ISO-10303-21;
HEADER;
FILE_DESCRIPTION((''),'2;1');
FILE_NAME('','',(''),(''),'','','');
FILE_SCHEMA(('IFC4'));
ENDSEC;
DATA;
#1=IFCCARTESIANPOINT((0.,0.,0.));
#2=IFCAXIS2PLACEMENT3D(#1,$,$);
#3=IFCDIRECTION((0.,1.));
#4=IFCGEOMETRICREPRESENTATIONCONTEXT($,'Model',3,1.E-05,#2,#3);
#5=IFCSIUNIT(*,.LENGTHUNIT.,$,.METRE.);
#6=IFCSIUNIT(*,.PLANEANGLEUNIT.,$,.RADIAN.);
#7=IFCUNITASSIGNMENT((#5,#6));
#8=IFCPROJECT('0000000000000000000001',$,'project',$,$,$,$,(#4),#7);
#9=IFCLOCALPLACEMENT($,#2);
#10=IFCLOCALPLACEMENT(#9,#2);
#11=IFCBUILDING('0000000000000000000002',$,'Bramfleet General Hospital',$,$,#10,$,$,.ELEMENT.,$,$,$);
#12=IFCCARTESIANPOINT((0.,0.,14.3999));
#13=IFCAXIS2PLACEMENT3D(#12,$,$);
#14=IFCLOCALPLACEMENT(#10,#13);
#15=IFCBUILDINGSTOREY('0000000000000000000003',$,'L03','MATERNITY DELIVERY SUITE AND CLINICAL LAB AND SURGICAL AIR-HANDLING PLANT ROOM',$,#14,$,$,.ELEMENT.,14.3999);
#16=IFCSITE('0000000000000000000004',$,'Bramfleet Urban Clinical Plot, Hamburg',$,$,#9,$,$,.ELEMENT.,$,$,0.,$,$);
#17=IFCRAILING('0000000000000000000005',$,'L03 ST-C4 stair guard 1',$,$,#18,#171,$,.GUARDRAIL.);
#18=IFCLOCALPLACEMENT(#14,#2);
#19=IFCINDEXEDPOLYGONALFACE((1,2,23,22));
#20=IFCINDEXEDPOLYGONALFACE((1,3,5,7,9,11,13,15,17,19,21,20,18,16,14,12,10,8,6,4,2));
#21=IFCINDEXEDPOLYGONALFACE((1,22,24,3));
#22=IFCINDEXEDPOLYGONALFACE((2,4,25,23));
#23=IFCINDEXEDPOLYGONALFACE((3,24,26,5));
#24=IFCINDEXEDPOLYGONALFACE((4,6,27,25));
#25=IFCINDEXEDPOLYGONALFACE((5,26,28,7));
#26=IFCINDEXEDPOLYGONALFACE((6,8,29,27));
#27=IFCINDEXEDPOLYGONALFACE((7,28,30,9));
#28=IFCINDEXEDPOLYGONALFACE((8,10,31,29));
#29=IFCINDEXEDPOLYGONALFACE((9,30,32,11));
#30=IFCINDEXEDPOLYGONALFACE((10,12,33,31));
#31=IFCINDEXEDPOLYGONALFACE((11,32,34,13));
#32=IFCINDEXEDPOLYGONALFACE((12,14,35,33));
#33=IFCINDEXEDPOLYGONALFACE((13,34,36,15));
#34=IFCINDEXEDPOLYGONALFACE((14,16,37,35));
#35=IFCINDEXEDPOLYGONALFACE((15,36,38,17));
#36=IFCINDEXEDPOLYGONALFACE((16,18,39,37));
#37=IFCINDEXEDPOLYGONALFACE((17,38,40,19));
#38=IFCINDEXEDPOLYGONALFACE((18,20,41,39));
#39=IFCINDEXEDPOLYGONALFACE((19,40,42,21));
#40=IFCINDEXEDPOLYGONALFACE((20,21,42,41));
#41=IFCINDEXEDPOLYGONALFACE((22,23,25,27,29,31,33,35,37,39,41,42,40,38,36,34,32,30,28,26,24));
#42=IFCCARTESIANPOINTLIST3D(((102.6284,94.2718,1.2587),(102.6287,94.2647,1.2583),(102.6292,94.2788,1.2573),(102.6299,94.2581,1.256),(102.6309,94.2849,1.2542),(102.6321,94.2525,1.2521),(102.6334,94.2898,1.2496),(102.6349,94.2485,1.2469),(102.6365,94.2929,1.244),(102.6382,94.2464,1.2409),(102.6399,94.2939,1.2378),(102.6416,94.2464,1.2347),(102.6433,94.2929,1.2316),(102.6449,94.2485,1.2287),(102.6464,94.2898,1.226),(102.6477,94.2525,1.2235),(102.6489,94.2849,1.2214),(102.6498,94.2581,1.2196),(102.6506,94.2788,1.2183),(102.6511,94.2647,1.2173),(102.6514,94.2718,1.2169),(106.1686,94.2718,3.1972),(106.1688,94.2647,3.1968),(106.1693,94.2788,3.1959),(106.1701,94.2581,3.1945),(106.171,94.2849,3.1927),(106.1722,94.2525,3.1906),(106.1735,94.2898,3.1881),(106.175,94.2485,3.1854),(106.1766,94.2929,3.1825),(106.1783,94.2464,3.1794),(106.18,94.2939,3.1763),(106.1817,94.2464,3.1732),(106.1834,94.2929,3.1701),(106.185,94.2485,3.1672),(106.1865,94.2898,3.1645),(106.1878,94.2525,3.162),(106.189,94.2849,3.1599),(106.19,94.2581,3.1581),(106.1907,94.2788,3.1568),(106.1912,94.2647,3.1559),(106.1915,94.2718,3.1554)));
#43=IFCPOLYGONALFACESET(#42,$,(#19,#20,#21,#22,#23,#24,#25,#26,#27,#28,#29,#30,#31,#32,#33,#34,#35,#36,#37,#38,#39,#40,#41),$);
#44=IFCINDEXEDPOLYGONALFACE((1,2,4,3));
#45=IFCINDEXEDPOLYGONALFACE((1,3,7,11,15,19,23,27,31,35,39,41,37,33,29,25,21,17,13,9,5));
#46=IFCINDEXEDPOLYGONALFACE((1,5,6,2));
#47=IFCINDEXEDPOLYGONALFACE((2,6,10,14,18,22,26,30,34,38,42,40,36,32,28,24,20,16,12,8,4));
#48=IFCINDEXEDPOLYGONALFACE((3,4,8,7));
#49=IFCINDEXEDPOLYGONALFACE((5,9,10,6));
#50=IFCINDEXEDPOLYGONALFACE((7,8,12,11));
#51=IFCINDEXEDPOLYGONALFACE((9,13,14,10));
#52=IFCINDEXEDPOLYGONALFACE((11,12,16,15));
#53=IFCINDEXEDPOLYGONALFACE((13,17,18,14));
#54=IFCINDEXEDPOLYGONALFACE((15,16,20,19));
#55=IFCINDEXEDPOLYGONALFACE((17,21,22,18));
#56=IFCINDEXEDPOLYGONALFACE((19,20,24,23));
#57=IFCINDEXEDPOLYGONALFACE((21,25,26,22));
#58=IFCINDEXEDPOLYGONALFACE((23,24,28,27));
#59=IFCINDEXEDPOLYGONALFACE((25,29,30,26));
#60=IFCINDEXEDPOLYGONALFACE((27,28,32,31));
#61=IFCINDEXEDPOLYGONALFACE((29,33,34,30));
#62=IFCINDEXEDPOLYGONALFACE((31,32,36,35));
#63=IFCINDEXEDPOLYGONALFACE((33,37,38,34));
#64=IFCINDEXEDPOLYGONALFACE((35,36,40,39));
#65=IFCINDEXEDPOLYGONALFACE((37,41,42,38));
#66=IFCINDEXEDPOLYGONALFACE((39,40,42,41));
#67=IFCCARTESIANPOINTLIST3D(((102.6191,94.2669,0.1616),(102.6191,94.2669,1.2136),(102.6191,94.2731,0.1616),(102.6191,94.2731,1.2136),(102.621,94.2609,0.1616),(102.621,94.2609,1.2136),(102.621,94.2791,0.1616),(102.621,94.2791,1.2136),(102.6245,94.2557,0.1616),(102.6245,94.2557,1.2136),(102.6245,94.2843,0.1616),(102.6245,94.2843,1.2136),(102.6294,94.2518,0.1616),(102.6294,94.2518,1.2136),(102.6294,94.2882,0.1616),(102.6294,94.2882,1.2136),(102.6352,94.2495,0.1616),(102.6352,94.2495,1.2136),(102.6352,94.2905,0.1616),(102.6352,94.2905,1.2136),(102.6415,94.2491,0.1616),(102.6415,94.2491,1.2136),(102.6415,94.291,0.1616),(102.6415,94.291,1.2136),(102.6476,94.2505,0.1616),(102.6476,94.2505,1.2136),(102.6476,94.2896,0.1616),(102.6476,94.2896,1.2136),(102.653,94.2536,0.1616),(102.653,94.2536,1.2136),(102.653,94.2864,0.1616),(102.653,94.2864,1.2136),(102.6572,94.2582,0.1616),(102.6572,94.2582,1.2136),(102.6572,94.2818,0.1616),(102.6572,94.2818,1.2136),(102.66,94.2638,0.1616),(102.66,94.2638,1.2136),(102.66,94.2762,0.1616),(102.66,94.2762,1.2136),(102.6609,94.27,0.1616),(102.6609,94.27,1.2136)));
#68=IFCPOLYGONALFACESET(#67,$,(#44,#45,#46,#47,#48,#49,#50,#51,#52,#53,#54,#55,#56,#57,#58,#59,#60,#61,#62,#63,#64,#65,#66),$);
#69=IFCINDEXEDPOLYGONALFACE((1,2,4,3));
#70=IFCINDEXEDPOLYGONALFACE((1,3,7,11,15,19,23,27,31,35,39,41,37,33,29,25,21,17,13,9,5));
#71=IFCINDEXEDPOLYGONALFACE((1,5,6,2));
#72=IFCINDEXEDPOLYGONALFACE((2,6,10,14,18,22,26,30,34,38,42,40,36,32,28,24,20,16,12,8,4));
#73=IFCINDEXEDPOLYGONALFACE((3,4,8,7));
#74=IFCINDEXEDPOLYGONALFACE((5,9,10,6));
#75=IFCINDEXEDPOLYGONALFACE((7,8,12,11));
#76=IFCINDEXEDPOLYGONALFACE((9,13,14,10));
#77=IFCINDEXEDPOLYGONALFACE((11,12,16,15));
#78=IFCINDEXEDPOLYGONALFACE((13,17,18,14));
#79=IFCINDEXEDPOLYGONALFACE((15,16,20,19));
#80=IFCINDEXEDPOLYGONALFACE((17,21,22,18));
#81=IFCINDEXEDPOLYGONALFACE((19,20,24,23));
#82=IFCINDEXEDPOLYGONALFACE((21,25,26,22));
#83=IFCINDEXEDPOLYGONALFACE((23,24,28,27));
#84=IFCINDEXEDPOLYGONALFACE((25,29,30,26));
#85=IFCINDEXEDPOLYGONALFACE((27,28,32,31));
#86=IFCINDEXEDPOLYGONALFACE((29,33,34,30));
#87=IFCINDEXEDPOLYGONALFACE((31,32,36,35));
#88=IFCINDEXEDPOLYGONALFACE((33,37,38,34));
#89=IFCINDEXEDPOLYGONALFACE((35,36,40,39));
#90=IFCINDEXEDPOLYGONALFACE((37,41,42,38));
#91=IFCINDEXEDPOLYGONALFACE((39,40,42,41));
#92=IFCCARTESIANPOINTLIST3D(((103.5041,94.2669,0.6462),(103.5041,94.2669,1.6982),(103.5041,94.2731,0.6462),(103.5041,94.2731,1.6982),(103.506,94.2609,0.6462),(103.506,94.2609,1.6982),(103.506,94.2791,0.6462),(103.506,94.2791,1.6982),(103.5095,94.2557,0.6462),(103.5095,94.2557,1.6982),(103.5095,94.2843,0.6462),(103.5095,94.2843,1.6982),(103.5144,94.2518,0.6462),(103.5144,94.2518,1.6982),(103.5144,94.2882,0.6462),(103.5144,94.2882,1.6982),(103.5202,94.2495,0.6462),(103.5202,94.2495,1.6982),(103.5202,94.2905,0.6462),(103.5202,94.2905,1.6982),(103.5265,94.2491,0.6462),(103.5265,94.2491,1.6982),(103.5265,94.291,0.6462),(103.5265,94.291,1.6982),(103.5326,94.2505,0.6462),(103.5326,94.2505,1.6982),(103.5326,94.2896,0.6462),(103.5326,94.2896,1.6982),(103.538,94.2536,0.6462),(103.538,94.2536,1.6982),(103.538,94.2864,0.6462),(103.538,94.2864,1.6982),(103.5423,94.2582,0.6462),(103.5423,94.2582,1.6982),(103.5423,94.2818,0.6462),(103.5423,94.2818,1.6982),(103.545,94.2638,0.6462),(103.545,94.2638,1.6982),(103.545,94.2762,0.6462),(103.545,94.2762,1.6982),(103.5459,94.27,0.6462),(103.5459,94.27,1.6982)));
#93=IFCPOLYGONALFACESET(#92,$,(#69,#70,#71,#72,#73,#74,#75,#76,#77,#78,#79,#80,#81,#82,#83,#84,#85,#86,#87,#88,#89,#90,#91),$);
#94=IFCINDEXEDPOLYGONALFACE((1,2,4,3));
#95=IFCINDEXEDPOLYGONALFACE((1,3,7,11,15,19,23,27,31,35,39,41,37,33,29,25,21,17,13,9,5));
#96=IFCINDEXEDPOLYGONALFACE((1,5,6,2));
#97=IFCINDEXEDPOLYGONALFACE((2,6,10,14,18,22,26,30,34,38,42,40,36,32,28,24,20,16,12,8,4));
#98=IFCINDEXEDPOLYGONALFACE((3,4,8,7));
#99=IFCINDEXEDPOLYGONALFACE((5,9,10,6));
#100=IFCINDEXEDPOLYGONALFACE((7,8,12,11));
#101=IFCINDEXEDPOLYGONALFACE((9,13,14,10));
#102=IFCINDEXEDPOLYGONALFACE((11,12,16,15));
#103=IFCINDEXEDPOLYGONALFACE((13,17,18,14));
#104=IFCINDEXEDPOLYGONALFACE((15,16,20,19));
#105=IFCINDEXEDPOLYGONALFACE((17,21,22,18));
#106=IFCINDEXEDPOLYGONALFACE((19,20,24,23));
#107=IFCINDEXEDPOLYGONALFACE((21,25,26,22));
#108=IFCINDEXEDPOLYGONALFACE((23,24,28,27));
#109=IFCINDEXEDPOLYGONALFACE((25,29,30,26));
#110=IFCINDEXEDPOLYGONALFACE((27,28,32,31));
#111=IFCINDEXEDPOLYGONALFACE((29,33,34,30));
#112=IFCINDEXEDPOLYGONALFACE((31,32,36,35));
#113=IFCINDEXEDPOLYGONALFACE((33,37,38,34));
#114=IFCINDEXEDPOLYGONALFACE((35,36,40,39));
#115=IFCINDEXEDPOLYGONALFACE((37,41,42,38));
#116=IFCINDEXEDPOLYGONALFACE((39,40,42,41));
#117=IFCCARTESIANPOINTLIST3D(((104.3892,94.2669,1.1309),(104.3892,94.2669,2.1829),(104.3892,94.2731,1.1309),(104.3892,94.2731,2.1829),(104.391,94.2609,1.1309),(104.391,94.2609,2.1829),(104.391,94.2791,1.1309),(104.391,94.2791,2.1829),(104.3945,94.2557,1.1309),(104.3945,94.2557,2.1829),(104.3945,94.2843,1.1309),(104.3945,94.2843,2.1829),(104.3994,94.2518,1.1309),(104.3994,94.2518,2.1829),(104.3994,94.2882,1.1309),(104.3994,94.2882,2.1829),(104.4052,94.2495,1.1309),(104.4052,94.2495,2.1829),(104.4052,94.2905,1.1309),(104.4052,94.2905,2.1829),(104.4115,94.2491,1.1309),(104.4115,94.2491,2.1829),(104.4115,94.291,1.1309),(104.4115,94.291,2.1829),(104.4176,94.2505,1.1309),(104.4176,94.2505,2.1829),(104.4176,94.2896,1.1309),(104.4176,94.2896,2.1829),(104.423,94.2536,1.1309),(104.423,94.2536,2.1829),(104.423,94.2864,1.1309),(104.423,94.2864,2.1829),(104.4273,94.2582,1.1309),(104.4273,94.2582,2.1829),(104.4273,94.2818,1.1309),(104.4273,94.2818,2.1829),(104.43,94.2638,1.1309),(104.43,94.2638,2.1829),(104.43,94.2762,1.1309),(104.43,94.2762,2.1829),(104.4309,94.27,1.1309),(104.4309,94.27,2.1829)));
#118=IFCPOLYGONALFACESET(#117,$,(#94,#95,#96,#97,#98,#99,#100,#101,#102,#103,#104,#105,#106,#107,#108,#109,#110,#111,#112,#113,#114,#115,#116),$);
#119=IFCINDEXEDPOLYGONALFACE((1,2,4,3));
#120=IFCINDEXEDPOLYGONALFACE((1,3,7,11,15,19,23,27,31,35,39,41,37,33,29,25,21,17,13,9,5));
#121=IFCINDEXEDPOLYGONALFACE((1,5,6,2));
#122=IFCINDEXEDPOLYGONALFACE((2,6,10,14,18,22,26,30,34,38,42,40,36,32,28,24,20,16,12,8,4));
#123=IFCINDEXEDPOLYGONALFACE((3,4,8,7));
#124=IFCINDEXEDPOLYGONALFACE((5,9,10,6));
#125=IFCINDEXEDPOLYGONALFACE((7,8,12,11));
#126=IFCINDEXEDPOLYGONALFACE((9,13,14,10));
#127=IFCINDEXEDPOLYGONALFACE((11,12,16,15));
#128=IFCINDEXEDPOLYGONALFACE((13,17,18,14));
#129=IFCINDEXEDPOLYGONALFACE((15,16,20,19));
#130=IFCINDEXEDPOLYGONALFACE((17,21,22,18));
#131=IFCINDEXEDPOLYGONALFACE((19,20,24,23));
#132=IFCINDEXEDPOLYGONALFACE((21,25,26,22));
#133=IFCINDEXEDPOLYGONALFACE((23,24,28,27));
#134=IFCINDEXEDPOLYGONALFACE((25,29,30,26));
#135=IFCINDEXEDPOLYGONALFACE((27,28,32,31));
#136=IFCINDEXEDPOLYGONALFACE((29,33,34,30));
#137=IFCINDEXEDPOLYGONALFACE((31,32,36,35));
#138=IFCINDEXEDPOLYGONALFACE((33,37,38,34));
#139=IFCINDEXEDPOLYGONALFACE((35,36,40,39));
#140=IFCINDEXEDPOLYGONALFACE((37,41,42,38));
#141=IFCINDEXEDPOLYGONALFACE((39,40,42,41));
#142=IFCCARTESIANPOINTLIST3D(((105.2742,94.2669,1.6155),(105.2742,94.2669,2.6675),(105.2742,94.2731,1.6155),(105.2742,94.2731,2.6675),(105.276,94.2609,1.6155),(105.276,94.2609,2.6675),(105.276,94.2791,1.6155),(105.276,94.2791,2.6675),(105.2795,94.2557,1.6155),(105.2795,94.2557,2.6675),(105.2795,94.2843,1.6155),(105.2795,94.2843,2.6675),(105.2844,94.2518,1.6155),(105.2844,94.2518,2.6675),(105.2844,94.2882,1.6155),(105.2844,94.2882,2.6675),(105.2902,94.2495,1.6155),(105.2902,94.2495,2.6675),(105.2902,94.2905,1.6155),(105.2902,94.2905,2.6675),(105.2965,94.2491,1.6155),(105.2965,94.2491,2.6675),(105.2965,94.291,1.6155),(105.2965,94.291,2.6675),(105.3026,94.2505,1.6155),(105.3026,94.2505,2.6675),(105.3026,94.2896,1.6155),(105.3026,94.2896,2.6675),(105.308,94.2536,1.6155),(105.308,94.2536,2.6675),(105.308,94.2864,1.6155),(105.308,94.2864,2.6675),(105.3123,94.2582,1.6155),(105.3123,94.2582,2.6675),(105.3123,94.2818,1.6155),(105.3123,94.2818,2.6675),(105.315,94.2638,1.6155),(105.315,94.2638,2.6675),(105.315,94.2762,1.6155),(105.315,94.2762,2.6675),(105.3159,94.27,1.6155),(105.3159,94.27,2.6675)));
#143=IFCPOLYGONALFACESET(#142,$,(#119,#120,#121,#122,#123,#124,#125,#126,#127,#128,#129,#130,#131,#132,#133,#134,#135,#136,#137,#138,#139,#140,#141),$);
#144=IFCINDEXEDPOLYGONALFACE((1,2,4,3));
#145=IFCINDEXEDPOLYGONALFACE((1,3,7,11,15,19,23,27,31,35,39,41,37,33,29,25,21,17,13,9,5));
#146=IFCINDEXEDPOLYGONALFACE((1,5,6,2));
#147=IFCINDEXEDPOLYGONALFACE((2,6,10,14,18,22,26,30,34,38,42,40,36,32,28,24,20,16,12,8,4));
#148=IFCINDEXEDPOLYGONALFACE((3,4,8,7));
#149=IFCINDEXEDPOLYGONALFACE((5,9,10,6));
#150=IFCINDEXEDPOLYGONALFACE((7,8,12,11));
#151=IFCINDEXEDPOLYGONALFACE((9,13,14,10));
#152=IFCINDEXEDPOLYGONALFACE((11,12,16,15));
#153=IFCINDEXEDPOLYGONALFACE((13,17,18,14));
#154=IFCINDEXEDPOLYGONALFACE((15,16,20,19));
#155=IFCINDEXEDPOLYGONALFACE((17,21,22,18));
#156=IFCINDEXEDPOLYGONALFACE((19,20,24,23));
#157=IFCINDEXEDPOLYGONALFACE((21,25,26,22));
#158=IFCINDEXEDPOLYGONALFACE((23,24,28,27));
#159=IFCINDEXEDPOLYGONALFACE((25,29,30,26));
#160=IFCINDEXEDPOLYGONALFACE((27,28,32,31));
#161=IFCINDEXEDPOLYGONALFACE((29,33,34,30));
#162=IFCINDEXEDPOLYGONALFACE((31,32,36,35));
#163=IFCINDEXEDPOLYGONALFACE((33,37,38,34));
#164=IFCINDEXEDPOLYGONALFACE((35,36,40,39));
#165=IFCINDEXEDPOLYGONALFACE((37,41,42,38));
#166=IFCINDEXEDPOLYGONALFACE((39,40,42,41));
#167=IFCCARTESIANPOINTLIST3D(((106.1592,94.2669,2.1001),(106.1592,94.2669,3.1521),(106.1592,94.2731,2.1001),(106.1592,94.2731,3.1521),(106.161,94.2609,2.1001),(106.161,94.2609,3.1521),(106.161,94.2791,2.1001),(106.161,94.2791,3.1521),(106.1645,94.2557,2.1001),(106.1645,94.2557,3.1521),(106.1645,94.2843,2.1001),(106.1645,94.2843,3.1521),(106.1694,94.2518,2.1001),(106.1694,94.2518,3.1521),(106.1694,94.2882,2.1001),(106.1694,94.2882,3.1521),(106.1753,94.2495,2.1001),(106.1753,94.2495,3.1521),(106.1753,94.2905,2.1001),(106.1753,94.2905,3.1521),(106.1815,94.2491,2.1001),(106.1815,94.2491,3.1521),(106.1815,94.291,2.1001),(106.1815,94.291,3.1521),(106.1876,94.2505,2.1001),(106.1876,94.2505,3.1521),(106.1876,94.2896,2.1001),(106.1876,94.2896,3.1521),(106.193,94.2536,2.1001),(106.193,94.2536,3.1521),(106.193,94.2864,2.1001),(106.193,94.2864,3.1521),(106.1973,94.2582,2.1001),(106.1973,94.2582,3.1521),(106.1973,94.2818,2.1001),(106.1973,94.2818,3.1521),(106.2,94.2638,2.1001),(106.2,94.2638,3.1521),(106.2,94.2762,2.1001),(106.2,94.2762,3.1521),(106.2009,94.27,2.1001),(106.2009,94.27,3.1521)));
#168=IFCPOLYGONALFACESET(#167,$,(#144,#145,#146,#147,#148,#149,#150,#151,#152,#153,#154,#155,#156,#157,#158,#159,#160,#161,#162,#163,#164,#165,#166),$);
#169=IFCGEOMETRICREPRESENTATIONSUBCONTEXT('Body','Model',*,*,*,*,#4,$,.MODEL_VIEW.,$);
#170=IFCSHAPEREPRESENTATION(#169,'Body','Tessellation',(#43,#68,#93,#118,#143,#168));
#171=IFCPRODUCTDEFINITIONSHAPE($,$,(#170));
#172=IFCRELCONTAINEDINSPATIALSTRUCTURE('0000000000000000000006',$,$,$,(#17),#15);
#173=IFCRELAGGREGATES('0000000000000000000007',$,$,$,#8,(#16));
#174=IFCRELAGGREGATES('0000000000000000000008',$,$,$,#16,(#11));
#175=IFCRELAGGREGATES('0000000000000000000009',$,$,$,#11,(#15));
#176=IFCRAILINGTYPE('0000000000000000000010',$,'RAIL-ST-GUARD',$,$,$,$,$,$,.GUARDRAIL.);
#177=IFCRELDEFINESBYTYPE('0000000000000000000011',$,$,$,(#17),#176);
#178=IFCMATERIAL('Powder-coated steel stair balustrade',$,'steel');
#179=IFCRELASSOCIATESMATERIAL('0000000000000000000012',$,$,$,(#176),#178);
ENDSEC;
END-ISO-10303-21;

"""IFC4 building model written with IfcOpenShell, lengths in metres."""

from ifc_helpers import new_model, si_unit, direction, frame, origin, origin_2d, place, context, subcontext, project, spatial, circle, extrude, material, type_object, element, save


model = new_model("IFC4")

# Units and contexts
model_context = context("Model", 3, precision=1e-05, world=origin(), true_north=direction((0.0, 1.0)))
body_context = subcontext(model_context, "Body", "Model", "MODEL_VIEW")
ifc_project = project(units=[si_unit("LENGTHUNIT", "METRE"), si_unit("PLANEANGLEUNIT", "RADIAN")], contexts=[model_context])

# Site, building, storey
site_placement = place(None, origin())
site = spatial("IfcSite", under=ifc_project, at=site_placement, Name="Bramfleet Urban Clinical Plot, Hamburg", CompositionType="ELEMENT", RefElevation=0.0)
building_placement = place(site_placement, origin())
building = spatial("IfcBuilding", under=site, at=building_placement, Name="Bramfleet General Hospital", CompositionType="ELEMENT")
storey_placement = place(building_placement, frame((0.0, 0.0, 14.3999)))
storey = spatial("IfcBuildingStorey", under=building, at=storey_placement, Name="L03", Description="MATERNITY DELIVERY SUITE AND CLINICAL LAB AND SURGICAL AIR-HANDLING PLANT ROOM", CompositionType="ELEMENT", Elevation=14.3999)

# Railing
ifc_material_1 = material(Name="Powder-coated steel stair balustrade", Category="steel")
railing_type_1 = type_object("IfcRailingType", Name="RAIL-ST-GUARD", PredefinedType="GUARDRAIL", material=ifc_material_1)
railing_1_placement = place(storey_placement, frame((102.6399, 94.27, 0.1616)))
element("IfcRailing", 1, at=railing_1_placement, inside=storey, type_object=railing_type_1, Name="L03 ST-C4 stair guard 1", PredefinedType="GUARDRAIL", context=body_context, shape_type="SweptSolid", body=[
    extrude(circle(Radius=0.0239, at=origin_2d()), frame((0.0, 0.0, 1.0762), z_axis=(0.877108, 0.0, 0.480292), x_axis=(0.0, 1.0, 0.0)), (0.0, 0.0, 1.0), 4.0361),
    extrude(circle(Radius=0.021, at=origin_2d()), origin(), (0.0, 0.0, 1.0), 1.052),
    extrude(circle(Radius=0.021, at=origin_2d()), frame((0.885, 0.0, 0.4846)), (0.0, 0.0, 1.0), 1.052),
    extrude(circle(Radius=0.021, at=origin_2d()), frame((1.77, 0.0, 0.9692)), (0.0, 0.0, 1.0), 1.052),
    extrude(circle(Radius=0.021, at=origin_2d()), frame((2.655, 0.0, 1.4539)), (0.0, 0.0, 1.0), 1.052),
    extrude(circle(Radius=0.021, at=origin_2d()), frame((3.54, 0.0, 1.9385)), (0.0, 0.0, 1.0), 1.052),
])

save(model, "model.ifc")
